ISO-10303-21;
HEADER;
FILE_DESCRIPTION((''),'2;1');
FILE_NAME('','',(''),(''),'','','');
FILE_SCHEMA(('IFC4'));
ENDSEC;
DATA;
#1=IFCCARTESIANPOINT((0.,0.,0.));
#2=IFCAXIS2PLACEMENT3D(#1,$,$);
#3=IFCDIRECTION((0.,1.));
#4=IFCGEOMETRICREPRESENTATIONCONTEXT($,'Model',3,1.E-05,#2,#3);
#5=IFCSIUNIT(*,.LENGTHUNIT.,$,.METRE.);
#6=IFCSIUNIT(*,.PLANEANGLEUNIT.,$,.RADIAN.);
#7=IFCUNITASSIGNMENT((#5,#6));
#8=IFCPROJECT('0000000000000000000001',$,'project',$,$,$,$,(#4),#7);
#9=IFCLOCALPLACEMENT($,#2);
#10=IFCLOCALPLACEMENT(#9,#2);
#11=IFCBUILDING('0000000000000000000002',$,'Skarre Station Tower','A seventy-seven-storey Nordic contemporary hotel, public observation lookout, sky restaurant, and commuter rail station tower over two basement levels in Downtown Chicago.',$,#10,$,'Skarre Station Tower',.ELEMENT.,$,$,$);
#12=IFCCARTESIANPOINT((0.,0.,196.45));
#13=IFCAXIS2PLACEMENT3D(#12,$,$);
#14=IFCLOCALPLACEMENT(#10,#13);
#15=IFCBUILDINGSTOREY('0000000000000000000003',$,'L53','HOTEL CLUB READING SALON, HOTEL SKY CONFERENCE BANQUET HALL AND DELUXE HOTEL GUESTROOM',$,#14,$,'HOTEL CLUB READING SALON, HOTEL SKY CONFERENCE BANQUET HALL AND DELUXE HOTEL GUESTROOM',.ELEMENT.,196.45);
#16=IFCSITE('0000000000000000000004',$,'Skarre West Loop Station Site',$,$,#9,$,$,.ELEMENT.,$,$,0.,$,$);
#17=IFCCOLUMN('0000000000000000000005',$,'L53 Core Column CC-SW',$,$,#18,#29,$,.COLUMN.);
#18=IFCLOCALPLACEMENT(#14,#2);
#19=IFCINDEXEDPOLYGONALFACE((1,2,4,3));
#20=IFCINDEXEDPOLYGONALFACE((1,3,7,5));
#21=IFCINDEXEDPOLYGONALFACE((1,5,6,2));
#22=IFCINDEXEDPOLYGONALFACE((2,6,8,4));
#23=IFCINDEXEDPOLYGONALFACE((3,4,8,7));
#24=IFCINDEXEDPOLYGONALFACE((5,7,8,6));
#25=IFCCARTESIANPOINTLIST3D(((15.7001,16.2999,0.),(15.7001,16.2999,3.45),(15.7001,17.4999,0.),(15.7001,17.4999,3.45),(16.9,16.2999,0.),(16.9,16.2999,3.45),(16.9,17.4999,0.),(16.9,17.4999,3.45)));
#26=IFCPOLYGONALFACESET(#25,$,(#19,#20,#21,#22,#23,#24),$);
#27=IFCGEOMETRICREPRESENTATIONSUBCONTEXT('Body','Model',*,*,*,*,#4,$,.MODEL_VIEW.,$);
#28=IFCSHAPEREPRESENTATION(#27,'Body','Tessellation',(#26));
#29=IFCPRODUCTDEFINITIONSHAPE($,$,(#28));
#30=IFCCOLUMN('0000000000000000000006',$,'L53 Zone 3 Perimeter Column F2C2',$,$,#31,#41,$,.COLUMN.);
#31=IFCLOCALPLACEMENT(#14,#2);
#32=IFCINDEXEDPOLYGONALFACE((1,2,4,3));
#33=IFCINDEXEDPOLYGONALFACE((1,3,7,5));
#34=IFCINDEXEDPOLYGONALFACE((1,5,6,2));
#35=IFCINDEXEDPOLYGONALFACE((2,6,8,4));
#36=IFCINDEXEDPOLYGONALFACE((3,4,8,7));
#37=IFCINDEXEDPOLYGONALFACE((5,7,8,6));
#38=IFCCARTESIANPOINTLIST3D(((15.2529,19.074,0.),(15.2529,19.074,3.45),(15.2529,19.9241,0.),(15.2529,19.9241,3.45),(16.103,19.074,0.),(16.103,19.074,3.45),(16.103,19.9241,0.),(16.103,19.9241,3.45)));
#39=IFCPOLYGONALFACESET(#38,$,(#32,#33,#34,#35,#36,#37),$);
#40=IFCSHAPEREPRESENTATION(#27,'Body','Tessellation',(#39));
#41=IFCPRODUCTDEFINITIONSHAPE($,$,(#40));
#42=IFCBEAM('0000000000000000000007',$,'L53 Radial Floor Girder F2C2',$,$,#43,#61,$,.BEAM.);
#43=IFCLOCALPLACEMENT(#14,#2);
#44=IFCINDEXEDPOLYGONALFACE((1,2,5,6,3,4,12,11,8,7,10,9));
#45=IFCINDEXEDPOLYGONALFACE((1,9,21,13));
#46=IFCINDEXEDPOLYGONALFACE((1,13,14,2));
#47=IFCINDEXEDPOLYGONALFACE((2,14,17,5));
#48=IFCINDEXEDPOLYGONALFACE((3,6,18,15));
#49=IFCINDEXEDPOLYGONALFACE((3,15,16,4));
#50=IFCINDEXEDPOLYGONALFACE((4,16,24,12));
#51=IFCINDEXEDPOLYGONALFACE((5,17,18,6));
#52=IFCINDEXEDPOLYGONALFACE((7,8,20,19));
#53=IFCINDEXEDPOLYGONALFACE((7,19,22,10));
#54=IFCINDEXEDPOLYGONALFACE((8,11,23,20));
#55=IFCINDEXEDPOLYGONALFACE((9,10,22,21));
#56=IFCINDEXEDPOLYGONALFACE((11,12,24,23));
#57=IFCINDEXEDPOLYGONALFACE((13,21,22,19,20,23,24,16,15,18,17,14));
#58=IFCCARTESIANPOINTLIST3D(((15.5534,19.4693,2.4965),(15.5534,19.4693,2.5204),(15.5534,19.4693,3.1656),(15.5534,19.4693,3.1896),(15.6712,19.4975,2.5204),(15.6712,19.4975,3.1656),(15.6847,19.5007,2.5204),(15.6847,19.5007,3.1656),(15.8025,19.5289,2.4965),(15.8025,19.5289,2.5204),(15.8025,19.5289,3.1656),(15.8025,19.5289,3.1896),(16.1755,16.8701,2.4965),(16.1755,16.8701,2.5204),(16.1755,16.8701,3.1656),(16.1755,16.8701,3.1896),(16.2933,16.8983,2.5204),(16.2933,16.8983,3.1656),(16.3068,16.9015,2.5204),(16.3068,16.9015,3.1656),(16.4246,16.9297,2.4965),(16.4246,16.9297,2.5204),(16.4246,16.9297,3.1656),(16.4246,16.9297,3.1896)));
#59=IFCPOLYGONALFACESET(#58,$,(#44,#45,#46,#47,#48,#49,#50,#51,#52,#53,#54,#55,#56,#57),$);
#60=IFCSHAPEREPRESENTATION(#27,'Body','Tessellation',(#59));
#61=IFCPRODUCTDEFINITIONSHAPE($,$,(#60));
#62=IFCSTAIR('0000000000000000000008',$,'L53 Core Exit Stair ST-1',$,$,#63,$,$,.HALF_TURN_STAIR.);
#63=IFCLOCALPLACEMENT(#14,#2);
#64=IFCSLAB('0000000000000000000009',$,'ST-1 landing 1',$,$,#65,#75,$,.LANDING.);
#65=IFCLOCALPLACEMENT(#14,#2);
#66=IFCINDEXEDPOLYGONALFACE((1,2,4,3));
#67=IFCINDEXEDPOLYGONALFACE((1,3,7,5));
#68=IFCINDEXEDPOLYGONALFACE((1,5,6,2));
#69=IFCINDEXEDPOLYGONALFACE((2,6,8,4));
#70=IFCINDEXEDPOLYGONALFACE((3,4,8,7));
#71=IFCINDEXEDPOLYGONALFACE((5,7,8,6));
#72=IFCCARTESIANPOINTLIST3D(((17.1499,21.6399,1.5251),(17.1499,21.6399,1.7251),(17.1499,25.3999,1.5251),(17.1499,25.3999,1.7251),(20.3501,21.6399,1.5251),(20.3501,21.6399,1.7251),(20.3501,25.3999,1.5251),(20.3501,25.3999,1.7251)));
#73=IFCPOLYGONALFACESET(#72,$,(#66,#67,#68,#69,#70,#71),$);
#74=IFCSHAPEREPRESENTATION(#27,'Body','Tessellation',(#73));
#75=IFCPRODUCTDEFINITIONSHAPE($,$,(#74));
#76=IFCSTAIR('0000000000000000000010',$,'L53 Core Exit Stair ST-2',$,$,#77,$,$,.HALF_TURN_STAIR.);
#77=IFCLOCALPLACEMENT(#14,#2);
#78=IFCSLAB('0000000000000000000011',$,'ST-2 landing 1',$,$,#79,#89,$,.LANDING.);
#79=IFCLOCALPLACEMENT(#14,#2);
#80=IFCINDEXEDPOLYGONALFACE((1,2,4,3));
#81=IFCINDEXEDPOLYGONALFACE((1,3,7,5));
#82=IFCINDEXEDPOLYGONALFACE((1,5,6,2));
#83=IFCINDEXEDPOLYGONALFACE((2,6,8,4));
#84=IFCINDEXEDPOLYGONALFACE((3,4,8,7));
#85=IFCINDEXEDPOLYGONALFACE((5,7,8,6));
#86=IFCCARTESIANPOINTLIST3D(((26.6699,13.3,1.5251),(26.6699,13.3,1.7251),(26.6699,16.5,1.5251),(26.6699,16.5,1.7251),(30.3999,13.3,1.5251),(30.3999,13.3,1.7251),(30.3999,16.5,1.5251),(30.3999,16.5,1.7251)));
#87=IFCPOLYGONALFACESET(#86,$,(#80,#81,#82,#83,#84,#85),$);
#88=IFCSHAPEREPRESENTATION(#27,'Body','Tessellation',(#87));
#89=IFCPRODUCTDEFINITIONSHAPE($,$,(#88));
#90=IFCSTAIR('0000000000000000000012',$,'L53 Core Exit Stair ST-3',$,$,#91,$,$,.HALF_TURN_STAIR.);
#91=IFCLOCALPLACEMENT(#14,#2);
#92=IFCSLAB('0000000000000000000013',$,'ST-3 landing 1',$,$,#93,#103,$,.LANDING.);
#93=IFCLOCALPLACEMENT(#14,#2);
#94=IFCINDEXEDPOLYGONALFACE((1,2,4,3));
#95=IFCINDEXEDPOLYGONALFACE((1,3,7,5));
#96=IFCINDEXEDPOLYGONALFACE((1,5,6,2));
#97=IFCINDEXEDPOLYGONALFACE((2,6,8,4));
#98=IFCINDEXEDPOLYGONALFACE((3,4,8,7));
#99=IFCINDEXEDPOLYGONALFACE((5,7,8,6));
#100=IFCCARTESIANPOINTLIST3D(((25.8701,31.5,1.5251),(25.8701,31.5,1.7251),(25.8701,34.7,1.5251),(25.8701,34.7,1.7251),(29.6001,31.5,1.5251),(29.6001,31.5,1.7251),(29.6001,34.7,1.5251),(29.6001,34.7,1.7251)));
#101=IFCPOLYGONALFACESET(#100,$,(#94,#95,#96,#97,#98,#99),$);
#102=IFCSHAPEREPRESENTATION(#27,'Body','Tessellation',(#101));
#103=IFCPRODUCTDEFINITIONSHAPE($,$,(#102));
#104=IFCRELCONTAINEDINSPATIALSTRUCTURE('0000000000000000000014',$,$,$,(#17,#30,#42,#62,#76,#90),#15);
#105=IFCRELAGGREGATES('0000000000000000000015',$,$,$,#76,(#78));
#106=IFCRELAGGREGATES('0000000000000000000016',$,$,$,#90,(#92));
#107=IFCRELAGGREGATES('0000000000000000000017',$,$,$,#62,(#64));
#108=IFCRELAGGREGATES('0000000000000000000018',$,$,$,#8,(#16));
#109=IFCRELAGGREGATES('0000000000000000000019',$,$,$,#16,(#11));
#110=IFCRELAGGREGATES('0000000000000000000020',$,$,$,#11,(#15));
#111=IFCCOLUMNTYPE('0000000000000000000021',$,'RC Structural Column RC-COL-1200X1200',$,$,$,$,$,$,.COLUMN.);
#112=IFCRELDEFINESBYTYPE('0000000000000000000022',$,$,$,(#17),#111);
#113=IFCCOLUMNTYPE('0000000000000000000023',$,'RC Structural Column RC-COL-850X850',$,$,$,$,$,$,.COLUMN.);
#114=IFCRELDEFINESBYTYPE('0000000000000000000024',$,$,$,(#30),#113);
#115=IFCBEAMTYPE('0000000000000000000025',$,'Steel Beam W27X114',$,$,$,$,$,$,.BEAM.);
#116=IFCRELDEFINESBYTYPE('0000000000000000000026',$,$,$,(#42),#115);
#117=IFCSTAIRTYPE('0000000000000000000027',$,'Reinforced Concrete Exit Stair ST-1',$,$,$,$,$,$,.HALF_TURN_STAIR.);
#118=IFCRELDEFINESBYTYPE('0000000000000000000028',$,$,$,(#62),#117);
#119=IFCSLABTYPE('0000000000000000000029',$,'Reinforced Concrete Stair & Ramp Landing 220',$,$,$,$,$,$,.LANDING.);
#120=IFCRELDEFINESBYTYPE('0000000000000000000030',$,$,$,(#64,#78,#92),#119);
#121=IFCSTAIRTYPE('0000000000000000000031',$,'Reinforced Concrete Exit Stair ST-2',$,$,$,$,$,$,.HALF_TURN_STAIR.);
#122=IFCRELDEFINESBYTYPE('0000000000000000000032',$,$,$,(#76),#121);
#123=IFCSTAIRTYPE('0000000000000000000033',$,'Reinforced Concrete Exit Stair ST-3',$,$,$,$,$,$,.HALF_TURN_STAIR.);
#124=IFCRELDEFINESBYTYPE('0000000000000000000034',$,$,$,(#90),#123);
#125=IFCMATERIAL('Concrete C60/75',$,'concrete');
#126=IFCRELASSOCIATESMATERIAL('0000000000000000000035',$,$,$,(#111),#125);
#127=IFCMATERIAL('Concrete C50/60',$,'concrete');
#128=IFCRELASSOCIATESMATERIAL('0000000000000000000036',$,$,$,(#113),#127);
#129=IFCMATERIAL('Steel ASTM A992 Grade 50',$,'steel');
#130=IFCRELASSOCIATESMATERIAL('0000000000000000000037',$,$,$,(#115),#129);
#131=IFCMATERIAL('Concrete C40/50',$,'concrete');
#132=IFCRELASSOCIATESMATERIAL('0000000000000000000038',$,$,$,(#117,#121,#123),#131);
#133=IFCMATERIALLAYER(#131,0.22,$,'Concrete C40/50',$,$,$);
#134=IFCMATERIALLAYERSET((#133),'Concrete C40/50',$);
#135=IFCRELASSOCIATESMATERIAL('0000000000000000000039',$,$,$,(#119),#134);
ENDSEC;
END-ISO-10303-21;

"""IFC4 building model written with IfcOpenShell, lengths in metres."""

from ifc_helpers import new_model, si_unit, direction, frame, origin, origin_2d, place, context, subcontext, project, spatial, polyline, rectangle, i_section, outline, extrude, material, layer, layer_set, material_profile, profile_set, type_object, element, aggregate, save


model = new_model("IFC4")

# Units and contexts
model_context = context("Model", 3, precision=1e-05, world=origin(), true_north=direction((0.0, 1.0)))
body_context = subcontext(model_context, "Body", "Model", "MODEL_VIEW")
ifc_project = project(units=[si_unit("LENGTHUNIT", "METRE"), si_unit("PLANEANGLEUNIT", "RADIAN")], contexts=[model_context])

# Site, building, storey
site_placement = place(None, origin())
site = spatial("IfcSite", under=ifc_project, at=site_placement, Name="Skarre West Loop Station Site", CompositionType="ELEMENT", RefElevation=0.0)
building_placement = place(site_placement, origin())
building = spatial("IfcBuilding", under=site, at=building_placement, Name="Skarre Station Tower", Description="A seventy-seven-storey Nordic contemporary hotel, public observation lookout, sky restaurant, and commuter rail station tower over two basement levels in Downtown Chicago.", LongName="Skarre Station Tower", CompositionType="ELEMENT")
storey_placement = place(building_placement, frame((0.0, 0.0, 196.45)))
storey = spatial("IfcBuildingStorey", under=building, at=storey_placement, Name="L53", Description="HOTEL CLUB READING SALON, HOTEL SKY CONFERENCE BANQUET HALL AND DELUXE HOTEL GUESTROOM", LongName="HOTEL CLUB READING SALON, HOTEL SKY CONFERENCE BANQUET HALL AND DELUXE HOTEL GUESTROOM", CompositionType="ELEMENT", Elevation=196.45)

# Columns
ifc_material_1 = material(Name="Concrete C60/75", Category="concrete")
ifc_material_profile_1 = material_profile(ifc_material_1, rectangle(XDim=1.2, YDim=1.2, at=origin_2d()), Name="Concrete C60/75")
ifc_profile_set_1 = profile_set([ifc_material_profile_1], Name="Concrete C60/75")
column_type_1 = type_object("IfcColumnType", Name="RC Structural Column RC-COL-1200X1200", PredefinedType="COLUMN", material=ifc_profile_set_1)
column_1_placement = place(storey_placement, frame((16.3, 16.8999, 0.0), z_axis=(0.0, 0.0, 1.0), x_axis=(1.0, 0.0, 0.0)))
element("IfcColumn", 1, at=column_1_placement, inside=storey, type_object=column_type_1, Name="L53 Core Column CC-SW", PredefinedType="COLUMN", context=body_context, shape_type="SweptSolid", body=[
    extrude(rectangle(XDim=1.2, YDim=1.2, at=origin_2d()), origin(), (0.0, 0.0, 1.0), 3.45),
])
ifc_material_2 = material(Name="Concrete C50/60", Category="concrete")
ifc_material_profile_2 = material_profile(ifc_material_2, rectangle(XDim=0.8501, YDim=0.8501, at=origin_2d()), Name="Concrete C50/60")
ifc_profile_set_2 = profile_set([ifc_material_profile_2], Name="Concrete C50/60")
column_type_2 = type_object("IfcColumnType", Name="RC Structural Column RC-COL-850X850", PredefinedType="COLUMN", material=ifc_profile_set_2)
column_2_placement = place(storey_placement, frame((15.678, 19.499, 0.0), z_axis=(0.0, 0.0, 1.0), x_axis=(1.0, 0.0, 0.0)))
element("IfcColumn", 2, at=column_2_placement, inside=storey, type_object=column_type_2, Name="L53 Zone 3 Perimeter Column F2C2", PredefinedType="COLUMN", context=body_context, shape_type="SweptSolid", body=[
    extrude(rectangle(XDim=0.8501, YDim=0.8501, at=origin_2d()), origin(), (0.0, 0.0, 1.0), 3.45),
])

# Beam
ifc_material_3 = material(Name="Steel ASTM A992 Grade 50", Category="steel")
ifc_material_profile_3 = material_profile(ifc_material_3, i_section(OverallWidth=0.2561, OverallDepth=0.6931, WebThickness=0.0139, FlangeThickness=0.0239, at=origin_2d()), Name="Steel ASTM A992 Grade 50")
ifc_profile_set_3 = profile_set([ifc_material_profile_3], Name="Steel ASTM A992 Grade 50")
beam_type = type_object("IfcBeamType", Name="Steel Beam W27X114", PredefinedType="BEAM", material=ifc_profile_set_3)
beam_placement = place(storey_placement, frame((16.3, 16.8999, 2.843), z_axis=(-0.232765, 0.972533, 0.0), x_axis=(-0.972533, -0.232765, 0.0)))
element("IfcBeam", 3, at=beam_placement, inside=storey, type_object=beam_type, Name="L53 Radial Floor Girder F2C2", PredefinedType="BEAM", context=body_context, shape_type="SweptSolid", body=[
    extrude(i_section(OverallWidth=0.2561, OverallDepth=0.6931, WebThickness=0.0139, FlangeThickness=0.0239, at=origin_2d()), origin(), (0.0, 0.0, 1.0), 2.6726),
])

# Stairs, slabs
ifc_material_4 = material(Name="Concrete C40/50", Category="concrete")
stair_type_1 = type_object("IfcStairType", Name="Reinforced Concrete Exit Stair ST-1", PredefinedType="HALF_TURN_STAIR", material=ifc_material_4)
stair_1_placement = place(storey_placement, origin())
stair_1 = element("IfcStair", 4, at=stair_1_placement, inside=storey, type_object=stair_type_1, Name="L53 Core Exit Stair ST-1", PredefinedType="HALF_TURN_STAIR")
ifc_layer_1 = layer(ifc_material_4, 0.22, Name="Concrete C40/50")
ifc_layer_set_1 = layer_set([ifc_layer_1], Name="Concrete C40/50")
slab_type_1 = type_object("IfcSlabType", Name="Reinforced Concrete Stair & Ramp Landing 220", PredefinedType="LANDING", material=ifc_layer_set_1)
slab_1_placement = place(storey_placement, frame((0.0, 0.0, 1.5251)))
slab_1 = element("IfcSlab", 5, at=slab_1_placement, type_object=slab_type_1, Name="ST-1 landing 1", PredefinedType="LANDING", context=body_context, shape_type="SweptSolid", body=[
    extrude(outline(polyline([(20.3501, 21.6399), (20.3501, 25.3999), (17.1499, 25.3999), (17.1499, 21.6399), (20.3501, 21.6399)])), origin(), (0.0, 0.0, 1.0), 0.2),
])
stair_type_2 = type_object("IfcStairType", Name="Reinforced Concrete Exit Stair ST-2", PredefinedType="HALF_TURN_STAIR", material=ifc_material_4)
stair_2_placement = place(storey_placement, origin())
stair_2 = element("IfcStair", 6, at=stair_2_placement, inside=storey, type_object=stair_type_2, Name="L53 Core Exit Stair ST-2", PredefinedType="HALF_TURN_STAIR")
slab_2_placement = place(storey_placement, frame((0.0, 0.0, 1.5251)))
slab_2 = element("IfcSlab", 7, at=slab_2_placement, type_object=slab_type_1, Name="ST-2 landing 1", PredefinedType="LANDING", context=body_context, shape_type="SweptSolid", body=[
    extrude(outline(polyline([(26.6699, 13.3), (30.3999, 13.3), (30.3999, 16.5), (26.6699, 16.5), (26.6699, 13.3)])), origin(), (0.0, 0.0, 1.0), 0.2),
])
aggregate(stair_2, [slab_2])
stair_type_3 = type_object("IfcStairType", Name="Reinforced Concrete Exit Stair ST-3", PredefinedType="HALF_TURN_STAIR", material=ifc_material_4)
stair_3_placement = place(storey_placement, origin())
stair_3 = element("IfcStair", 8, at=stair_3_placement, inside=storey, type_object=stair_type_3, Name="L53 Core Exit Stair ST-3", PredefinedType="HALF_TURN_STAIR")
slab_3_placement = place(storey_placement, frame((0.0, 0.0, 1.5251)))
slab_3 = element("IfcSlab", 9, at=slab_3_placement, type_object=slab_type_1, Name="ST-3 landing 1", PredefinedType="LANDING", context=body_context, shape_type="SweptSolid", body=[
    extrude(outline(polyline([(25.8701, 31.5), (29.6001, 31.5), (29.6001, 34.7), (25.8701, 34.7), (25.8701, 31.5)])), origin(), (0.0, 0.0, 1.0), 0.2),
])
aggregate(stair_3, [slab_3])

aggregate(stair_1, [slab_1])

save(model, "model.ifc")
